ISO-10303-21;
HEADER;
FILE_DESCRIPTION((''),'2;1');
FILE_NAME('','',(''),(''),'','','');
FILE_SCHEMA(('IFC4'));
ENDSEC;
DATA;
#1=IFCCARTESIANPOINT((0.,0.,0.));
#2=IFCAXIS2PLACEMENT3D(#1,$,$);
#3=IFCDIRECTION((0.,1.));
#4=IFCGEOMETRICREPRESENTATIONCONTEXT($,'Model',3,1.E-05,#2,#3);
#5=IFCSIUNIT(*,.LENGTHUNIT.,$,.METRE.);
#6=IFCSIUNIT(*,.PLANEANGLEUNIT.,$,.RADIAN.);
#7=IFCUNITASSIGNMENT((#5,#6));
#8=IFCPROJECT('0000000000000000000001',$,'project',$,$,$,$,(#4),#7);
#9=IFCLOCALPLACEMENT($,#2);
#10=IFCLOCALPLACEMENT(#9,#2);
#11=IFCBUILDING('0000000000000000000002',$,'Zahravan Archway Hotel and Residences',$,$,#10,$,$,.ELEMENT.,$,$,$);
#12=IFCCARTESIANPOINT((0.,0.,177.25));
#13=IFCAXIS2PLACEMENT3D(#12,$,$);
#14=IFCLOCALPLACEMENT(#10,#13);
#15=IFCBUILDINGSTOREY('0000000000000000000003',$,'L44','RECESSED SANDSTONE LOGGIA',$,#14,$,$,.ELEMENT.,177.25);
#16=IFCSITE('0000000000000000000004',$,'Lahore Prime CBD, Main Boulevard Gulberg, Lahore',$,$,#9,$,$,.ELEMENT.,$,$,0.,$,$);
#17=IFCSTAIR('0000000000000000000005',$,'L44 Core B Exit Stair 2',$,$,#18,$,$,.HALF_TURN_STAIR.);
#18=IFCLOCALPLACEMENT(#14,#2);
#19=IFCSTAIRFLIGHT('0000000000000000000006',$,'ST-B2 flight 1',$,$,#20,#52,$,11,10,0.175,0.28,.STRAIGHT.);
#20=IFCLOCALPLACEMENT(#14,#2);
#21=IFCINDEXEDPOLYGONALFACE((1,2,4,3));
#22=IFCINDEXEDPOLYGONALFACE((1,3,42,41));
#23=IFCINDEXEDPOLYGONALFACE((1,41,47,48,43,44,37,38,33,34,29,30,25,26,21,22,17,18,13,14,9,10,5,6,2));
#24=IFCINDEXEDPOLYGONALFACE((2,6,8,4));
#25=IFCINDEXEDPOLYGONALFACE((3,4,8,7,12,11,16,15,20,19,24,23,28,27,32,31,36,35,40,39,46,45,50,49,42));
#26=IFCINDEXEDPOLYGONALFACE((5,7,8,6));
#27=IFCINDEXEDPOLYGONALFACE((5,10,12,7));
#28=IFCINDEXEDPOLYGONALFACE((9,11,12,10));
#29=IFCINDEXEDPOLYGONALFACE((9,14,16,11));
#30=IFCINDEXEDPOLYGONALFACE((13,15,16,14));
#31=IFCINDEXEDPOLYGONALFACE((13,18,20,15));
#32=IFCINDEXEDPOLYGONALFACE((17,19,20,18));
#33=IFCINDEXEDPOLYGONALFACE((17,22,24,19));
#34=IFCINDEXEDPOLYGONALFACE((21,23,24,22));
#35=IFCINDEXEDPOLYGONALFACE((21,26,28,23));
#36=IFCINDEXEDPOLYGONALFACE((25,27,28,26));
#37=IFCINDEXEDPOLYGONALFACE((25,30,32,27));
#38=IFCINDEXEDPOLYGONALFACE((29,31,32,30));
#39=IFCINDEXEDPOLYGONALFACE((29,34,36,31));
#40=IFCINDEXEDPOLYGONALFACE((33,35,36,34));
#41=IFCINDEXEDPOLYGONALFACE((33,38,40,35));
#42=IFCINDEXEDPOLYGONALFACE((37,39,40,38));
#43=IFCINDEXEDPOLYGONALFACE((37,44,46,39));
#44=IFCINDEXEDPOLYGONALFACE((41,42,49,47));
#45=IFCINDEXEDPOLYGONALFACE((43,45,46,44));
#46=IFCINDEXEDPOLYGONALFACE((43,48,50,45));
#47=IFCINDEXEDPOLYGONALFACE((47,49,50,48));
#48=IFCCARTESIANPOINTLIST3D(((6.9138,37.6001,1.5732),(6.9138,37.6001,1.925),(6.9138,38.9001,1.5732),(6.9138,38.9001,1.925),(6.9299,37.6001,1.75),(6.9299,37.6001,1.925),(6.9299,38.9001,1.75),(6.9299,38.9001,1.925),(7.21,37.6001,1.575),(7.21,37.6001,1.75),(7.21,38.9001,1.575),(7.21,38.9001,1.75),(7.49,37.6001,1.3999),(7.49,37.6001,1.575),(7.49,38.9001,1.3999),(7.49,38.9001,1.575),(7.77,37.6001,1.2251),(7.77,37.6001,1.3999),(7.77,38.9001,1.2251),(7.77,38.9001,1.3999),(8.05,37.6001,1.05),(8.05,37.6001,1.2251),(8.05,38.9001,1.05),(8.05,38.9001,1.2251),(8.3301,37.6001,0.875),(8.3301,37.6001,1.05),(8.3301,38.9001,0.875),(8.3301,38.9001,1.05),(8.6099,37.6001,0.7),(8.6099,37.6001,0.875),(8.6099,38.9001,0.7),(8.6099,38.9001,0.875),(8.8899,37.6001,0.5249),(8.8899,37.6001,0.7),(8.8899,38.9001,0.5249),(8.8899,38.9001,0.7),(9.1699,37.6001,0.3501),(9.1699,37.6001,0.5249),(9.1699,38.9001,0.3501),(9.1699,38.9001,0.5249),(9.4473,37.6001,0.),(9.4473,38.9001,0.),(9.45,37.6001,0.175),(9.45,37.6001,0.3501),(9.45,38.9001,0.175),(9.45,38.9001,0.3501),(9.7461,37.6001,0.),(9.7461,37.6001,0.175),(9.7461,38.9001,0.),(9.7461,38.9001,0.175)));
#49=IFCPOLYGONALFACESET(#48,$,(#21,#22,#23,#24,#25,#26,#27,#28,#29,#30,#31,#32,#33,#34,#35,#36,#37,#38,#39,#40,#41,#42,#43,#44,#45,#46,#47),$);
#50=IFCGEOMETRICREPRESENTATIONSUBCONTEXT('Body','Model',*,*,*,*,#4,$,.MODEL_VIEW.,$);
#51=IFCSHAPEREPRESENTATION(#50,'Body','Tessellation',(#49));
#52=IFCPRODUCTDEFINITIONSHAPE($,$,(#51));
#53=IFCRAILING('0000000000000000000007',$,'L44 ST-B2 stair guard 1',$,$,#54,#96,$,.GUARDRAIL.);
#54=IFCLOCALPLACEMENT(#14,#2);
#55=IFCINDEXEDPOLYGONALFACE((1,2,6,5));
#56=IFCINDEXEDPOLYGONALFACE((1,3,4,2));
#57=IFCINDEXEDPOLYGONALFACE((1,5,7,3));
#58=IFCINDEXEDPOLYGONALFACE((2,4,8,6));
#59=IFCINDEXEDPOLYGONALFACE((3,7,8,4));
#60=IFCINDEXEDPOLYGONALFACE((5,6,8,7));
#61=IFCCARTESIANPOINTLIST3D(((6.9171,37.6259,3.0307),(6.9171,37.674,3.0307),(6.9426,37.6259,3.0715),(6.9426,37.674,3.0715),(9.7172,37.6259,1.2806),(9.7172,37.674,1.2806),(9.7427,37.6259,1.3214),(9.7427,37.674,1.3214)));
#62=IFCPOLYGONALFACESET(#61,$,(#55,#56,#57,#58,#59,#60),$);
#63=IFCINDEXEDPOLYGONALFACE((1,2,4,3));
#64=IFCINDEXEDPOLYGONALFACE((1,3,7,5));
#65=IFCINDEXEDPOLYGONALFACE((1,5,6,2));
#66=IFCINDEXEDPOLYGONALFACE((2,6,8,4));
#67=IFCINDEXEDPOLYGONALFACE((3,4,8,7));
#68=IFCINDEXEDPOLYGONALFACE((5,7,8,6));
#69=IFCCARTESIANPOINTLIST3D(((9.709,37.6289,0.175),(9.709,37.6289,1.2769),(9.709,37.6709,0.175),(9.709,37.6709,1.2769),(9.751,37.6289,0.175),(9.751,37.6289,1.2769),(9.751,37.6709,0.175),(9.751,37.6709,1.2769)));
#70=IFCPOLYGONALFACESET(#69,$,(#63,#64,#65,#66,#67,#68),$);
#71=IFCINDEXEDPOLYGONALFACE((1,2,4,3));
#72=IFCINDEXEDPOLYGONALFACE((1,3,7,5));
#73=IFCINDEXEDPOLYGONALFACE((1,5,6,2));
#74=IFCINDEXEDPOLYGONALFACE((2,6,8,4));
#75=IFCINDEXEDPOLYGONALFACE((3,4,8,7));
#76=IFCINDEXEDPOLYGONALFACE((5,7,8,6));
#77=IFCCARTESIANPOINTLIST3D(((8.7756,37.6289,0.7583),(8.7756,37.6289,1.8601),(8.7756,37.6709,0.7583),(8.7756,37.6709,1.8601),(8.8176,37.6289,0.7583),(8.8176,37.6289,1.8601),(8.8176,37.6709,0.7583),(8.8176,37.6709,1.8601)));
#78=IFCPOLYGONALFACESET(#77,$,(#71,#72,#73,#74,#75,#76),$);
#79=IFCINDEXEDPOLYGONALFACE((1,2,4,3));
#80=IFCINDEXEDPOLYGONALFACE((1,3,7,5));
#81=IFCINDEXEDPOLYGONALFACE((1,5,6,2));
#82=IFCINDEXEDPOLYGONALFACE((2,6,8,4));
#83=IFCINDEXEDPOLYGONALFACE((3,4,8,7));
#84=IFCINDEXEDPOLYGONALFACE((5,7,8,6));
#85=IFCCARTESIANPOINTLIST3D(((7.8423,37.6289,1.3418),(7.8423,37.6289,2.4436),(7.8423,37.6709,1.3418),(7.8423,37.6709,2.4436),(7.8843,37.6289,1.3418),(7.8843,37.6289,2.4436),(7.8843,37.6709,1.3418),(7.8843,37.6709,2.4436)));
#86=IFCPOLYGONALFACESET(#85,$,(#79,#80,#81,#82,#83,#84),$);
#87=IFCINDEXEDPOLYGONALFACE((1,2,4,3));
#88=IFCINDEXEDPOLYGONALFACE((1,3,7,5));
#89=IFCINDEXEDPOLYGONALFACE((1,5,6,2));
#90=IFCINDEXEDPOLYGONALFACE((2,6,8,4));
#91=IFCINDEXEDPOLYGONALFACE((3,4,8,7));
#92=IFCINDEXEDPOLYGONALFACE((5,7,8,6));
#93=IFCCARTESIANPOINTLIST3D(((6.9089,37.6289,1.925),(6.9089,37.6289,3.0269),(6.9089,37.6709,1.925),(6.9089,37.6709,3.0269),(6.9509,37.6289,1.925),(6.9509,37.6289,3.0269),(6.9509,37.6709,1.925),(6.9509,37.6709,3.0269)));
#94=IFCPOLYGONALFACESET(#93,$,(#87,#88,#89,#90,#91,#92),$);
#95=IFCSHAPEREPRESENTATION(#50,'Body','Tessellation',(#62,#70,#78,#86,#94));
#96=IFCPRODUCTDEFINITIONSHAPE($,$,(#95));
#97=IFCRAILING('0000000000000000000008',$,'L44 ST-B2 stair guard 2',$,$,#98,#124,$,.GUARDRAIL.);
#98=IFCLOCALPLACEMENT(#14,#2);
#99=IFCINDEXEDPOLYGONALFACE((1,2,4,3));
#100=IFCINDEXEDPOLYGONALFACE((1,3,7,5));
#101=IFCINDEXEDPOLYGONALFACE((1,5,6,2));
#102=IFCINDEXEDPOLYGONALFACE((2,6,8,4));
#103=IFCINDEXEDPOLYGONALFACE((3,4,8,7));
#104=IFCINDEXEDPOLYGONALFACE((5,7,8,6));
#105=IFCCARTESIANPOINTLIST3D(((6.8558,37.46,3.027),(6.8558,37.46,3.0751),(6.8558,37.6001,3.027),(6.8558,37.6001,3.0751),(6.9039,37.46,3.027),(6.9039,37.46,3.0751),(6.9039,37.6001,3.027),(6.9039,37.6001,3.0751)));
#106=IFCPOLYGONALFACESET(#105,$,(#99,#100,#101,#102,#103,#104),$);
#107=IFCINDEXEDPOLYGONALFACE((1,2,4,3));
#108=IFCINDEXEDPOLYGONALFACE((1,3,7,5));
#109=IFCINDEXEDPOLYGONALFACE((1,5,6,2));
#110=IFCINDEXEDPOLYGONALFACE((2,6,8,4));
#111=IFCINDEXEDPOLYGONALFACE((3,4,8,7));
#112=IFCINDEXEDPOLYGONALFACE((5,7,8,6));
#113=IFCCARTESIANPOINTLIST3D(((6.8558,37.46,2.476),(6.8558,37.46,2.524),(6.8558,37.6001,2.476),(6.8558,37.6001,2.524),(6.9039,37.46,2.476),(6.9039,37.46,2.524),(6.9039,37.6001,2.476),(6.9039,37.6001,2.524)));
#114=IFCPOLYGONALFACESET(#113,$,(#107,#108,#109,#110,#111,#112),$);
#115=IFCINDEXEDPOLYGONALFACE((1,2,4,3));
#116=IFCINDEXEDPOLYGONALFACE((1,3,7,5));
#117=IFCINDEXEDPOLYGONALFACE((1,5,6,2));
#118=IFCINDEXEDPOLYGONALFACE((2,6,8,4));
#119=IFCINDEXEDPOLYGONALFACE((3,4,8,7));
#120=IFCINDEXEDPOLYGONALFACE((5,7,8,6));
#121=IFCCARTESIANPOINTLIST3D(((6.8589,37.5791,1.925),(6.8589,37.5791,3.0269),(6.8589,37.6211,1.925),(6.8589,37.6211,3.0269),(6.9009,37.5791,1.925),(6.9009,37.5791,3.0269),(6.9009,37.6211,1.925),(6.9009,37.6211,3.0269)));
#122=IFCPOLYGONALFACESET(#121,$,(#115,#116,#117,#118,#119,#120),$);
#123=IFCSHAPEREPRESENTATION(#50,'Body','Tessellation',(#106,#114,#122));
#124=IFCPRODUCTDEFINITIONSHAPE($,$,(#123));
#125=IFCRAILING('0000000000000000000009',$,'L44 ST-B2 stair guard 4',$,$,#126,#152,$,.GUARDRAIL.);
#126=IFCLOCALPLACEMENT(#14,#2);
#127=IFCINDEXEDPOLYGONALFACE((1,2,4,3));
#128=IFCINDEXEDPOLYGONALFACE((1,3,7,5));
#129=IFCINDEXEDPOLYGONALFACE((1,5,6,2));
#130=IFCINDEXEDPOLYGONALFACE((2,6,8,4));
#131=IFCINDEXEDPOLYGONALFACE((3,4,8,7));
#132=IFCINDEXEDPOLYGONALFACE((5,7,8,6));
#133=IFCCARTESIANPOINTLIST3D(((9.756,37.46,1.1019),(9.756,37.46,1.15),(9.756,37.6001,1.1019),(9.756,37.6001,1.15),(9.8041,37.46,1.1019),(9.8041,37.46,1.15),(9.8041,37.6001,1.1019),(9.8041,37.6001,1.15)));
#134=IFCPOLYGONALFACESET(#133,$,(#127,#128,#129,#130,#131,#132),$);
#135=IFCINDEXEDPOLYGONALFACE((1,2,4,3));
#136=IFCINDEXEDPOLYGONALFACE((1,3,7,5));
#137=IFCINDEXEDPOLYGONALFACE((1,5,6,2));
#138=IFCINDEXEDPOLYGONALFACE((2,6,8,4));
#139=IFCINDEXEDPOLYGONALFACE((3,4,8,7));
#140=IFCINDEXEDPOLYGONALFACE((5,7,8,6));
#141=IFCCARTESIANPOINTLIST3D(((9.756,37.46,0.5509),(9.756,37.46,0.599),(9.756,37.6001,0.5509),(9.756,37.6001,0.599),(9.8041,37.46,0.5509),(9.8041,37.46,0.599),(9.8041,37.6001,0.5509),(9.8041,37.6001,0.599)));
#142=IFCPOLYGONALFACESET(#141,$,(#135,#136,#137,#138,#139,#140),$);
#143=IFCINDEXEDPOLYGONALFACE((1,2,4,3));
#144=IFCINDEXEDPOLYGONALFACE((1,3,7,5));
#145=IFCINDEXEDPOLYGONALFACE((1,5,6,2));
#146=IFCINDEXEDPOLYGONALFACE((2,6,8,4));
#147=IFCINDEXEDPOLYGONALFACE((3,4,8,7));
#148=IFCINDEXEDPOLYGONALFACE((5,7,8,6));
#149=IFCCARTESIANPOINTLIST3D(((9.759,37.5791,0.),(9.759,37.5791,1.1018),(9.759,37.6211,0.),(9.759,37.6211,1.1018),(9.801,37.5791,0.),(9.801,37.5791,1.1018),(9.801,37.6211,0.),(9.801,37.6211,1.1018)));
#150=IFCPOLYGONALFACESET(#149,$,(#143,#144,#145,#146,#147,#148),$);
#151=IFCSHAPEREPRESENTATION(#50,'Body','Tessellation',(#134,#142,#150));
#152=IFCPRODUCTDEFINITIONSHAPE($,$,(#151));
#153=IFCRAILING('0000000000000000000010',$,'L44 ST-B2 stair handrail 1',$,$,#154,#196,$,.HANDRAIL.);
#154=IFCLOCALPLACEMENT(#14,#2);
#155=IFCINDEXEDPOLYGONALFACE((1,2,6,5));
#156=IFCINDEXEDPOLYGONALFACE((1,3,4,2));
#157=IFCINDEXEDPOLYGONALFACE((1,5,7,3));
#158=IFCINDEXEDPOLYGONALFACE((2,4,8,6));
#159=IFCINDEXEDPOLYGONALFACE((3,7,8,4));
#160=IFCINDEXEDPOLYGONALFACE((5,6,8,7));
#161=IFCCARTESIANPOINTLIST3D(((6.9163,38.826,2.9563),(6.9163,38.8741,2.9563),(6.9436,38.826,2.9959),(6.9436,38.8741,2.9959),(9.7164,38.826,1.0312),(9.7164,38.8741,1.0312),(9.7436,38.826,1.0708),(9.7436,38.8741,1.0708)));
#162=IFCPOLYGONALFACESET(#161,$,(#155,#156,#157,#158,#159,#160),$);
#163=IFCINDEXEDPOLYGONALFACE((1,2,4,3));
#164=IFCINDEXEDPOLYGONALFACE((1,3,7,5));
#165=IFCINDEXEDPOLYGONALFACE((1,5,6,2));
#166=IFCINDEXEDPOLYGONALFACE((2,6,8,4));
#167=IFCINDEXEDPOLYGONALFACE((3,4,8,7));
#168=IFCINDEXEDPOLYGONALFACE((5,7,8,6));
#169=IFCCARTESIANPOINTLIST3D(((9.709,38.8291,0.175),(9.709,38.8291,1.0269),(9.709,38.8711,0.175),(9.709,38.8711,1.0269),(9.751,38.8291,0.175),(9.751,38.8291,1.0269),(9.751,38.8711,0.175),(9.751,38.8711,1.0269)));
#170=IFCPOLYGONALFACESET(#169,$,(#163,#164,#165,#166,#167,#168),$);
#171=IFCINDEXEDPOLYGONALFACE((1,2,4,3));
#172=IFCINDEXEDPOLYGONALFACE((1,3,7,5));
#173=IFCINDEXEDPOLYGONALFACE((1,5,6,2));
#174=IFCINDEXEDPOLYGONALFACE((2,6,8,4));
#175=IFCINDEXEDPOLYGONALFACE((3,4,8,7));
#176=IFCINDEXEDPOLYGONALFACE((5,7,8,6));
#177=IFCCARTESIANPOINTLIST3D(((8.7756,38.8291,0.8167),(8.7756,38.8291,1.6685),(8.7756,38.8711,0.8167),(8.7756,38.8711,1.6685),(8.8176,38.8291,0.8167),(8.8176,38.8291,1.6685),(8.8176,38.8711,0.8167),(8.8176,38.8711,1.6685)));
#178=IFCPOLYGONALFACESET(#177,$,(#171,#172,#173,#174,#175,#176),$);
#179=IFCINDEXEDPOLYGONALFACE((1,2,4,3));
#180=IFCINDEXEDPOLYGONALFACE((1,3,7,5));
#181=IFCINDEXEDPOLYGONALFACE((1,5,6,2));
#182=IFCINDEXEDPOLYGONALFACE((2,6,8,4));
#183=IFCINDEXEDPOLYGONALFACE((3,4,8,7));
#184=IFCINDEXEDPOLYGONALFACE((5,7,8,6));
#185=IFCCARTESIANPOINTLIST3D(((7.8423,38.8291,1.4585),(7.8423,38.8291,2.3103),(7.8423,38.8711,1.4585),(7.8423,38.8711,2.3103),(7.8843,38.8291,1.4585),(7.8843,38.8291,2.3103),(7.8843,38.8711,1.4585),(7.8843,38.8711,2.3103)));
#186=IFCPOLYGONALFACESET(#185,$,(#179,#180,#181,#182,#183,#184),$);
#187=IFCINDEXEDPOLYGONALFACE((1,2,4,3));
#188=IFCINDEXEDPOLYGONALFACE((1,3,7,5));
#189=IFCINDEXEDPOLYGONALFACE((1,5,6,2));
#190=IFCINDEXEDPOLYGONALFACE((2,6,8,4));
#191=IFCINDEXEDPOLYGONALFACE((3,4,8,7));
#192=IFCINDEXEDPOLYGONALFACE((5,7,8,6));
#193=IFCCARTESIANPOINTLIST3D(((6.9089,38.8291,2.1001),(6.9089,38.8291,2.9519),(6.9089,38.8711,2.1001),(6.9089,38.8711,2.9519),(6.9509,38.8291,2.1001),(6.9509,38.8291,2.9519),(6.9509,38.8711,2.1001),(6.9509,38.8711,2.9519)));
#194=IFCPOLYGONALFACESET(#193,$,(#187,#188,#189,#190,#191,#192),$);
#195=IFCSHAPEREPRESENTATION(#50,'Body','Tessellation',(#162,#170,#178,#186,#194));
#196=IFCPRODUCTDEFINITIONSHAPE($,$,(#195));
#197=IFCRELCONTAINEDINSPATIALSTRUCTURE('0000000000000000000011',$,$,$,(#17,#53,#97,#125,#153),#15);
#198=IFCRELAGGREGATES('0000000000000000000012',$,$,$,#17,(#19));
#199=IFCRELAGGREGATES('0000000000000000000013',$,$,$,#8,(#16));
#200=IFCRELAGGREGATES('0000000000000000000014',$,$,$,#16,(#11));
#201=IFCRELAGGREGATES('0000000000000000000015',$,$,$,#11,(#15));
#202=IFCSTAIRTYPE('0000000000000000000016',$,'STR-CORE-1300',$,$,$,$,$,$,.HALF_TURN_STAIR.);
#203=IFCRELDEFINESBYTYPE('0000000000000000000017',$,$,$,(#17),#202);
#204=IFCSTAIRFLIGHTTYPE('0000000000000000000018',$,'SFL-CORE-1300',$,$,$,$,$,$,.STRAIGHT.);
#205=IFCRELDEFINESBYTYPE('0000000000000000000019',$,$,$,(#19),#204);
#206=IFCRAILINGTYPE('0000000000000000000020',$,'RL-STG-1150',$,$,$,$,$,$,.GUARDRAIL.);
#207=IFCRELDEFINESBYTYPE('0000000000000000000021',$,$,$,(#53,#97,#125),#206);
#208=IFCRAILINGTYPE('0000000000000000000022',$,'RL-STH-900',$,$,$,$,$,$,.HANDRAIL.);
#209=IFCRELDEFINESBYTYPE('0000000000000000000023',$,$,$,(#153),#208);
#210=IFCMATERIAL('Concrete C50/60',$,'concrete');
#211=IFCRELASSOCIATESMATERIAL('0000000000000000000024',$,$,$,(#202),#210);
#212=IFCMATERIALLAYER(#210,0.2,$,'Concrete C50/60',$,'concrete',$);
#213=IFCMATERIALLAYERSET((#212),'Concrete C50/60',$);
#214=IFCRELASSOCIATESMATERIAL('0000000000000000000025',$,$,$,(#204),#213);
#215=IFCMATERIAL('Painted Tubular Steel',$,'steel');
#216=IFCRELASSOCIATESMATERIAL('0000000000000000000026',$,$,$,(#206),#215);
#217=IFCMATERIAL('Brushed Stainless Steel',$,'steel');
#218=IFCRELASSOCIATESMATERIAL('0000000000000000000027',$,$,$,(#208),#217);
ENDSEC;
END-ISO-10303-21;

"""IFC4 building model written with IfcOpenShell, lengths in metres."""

from ifc_helpers import new_model, si_unit, direction, frame, origin, origin_2d, place, context, subcontext, project, spatial, polyline, rectangle, outline, extrude, source, transform, mapped, material, layer, layer_set, type_object, element, aggregate, save


model = new_model("IFC4")

# Units and contexts
model_context = context("Model", 3, precision=1e-05, world=origin(), true_north=direction((0.0, 1.0)))
body_context = subcontext(model_context, "Body", "Model", "MODEL_VIEW")
ifc_project = project(units=[si_unit("LENGTHUNIT", "METRE"), si_unit("PLANEANGLEUNIT", "RADIAN")], contexts=[model_context])

# Site, building, storey
site_placement = place(None, origin())
site = spatial("IfcSite", under=ifc_project, at=site_placement, Name="Lahore Prime CBD, Main Boulevard Gulberg, Lahore", CompositionType="ELEMENT", RefElevation=0.0)
building_placement = place(site_placement, origin())
building = spatial("IfcBuilding", under=site, at=building_placement, Name="Zahravan Archway Hotel and Residences", CompositionType="ELEMENT")
storey_placement = place(building_placement, frame((0.0, 0.0, 177.25)))
storey = spatial("IfcBuildingStorey", under=building, at=storey_placement, Name="L44", Description="RECESSED SANDSTONE LOGGIA", CompositionType="ELEMENT", Elevation=177.25)

# Shared definitions
ifc_material_1 = material(Name="Concrete C50/60", Category="concrete")

# Stair, stair flight
stair_type = type_object("IfcStairType", Name="STR-CORE-1300", PredefinedType="HALF_TURN_STAIR", material=ifc_material_1)
stair_placement = place(storey_placement, origin())
stair = element("IfcStair", 1, at=stair_placement, inside=storey, type_object=stair_type, Name="L44 Core B Exit Stair 2", PredefinedType="HALF_TURN_STAIR")
ifc_layer_1 = layer(ifc_material_1, 0.2, Name="Concrete C50/60", Category="concrete")
ifc_layer_set_1 = layer_set([ifc_layer_1], Name="Concrete C50/60")
stair_flight_type = type_object("IfcStairFlightType", Name="SFL-CORE-1300", PredefinedType="STRAIGHT", material=ifc_layer_set_1)
shared_shape_1 = source(origin(), body_context, "Body", "SweptSolid", [
    extrude(outline(polyline([(-0.0161, 0.0), (-0.0161, 0.175), (0.28, 0.175), (0.28, 0.3501), (0.5601, 0.3501), (0.5601, 0.5249), (0.8401, 0.5249), (0.8401, 0.7), (1.1201, 0.7), (1.1201, 0.875), (1.3999, 0.875), (1.3999, 1.05), (1.6799, 1.05), (1.6799, 1.2251), (1.96, 1.2251), (1.96, 1.3999), (2.24, 1.3999), (2.24, 1.575), (2.52, 1.575), (2.52, 1.75), (2.8, 1.75), (2.8, 1.925), (2.8162, 1.925), (2.8162, 1.5732), (0.2827, 0.0), (-0.0161, 0.0)])), frame((0.0, 0.6499, 0.0), z_axis=(0.0, -1.0, 0.0), x_axis=(1.0, 0.0, 0.0)), (0.0, 0.0, 1.0), 1.3),
])
stair_flight_placement = place(storey_placement, frame((9.73, 38.25, 0.0), z_axis=(0.0, 0.0, 1.0), x_axis=(-1.0, 0.0, 0.0)))
stair_flight = element("IfcStairFlight", 2, at=stair_flight_placement, type_object=stair_flight_type, Name="ST-B2 flight 1", NumberOfRisers=11, NumberOfTreads=10, PredefinedType="STRAIGHT", RiserHeight=0.175, TreadLength=0.28, context=body_context, shape_type="MappedRepresentation", body=[
    mapped(shared_shape_1, transform((0.0, 0.0, 0.0), scale=1.0)),
])
aggregate(stair, [stair_flight])

# Railings
ifc_material_2 = material(Name="Painted Tubular Steel", Category="steel")
railing_type_1 = type_object("IfcRailingType", Name="RL-STG-1150", PredefinedType="GUARDRAIL", material=ifc_material_2)
railing_1_placement = place(storey_placement, frame((9.73, 37.6499, 0.175)))
element("IfcRailing", 3, at=railing_1_placement, inside=storey, type_object=railing_type_1, Name="L44 ST-B2 stair guard 1", PredefinedType="GUARDRAIL", context=body_context, shape_type="SweptSolid", body=[
    extrude(rectangle(XDim=0.0481, YDim=0.0481, at=origin_2d()), frame((0.0, 0.0, 1.126), z_axis=(-0.848002, 0.0, 0.529992), x_axis=(0.0, -1.0, 0.0)), (0.0, 0.0, 1.0), 3.302),
    extrude(rectangle(XDim=0.042, YDim=0.042, at=origin_2d()), origin(), (0.0, 0.0, 1.0), 1.1018),
    extrude(rectangle(XDim=0.042, YDim=0.042, at=origin_2d()), frame((-0.9333, 0.0, 0.5833)), (0.0, 0.0, 1.0), 1.1018),
    extrude(rectangle(XDim=0.042, YDim=0.042, at=origin_2d()), frame((-1.8667, 0.0, 1.1667)), (0.0, 0.0, 1.0), 1.1018),
    extrude(rectangle(XDim=0.042, YDim=0.042, at=origin_2d()), frame((-2.8, 0.0, 1.75)), (0.0, 0.0, 1.0), 1.1018),
])
for number, where, name in (
    (4, (6.8799, 37.6001, 1.925), "L44 ST-B2 stair guard 2"),
    (5, (9.78, 37.6001, 0.0), "L44 ST-B2 stair guard 4"),
):
    element("IfcRailing", number, at=place(storey_placement, frame(where)), inside=storey, type_object=railing_type_1, Name=name, PredefinedType="GUARDRAIL", context=body_context, shape_type="SweptSolid", body=[
        extrude(rectangle(XDim=0.0481, YDim=0.0481, at=origin_2d()), frame((0.0, 0.0, 1.126), z_axis=(0.0, -1.0, 0.0), x_axis=(1.0, 0.0, 0.0)), (0.0, 0.0, 1.0), 0.1401),
        extrude(rectangle(XDim=0.0481, YDim=0.0481, at=origin_2d()), frame((0.0, 0.0, 0.575), z_axis=(0.0, -1.0, 0.0), x_axis=(1.0, 0.0, 0.0)), (0.0, 0.0, 1.0), 0.1401),
        extrude(rectangle(XDim=0.042, YDim=0.042, at=origin_2d()), origin(), (0.0, 0.0, 1.0), 1.1018),
    ])
ifc_material_3 = material(Name="Brushed Stainless Steel", Category="steel")
railing_type_2 = type_object("IfcRailingType", Name="RL-STH-900", PredefinedType="HANDRAIL", material=ifc_material_3)
railing_2_placement = place(storey_placement, frame((9.73, 38.8501, 0.175)))
element("IfcRailing", 6, at=railing_2_placement, inside=storey, type_object=railing_type_2, Name="L44 ST-B2 stair handrail 1", PredefinedType="HANDRAIL", context=body_context, shape_type="SweptSolid", body=[
    extrude(rectangle(XDim=0.0481, YDim=0.0481, at=origin_2d()), frame((0.0, 0.0, 0.876), z_axis=(-0.82404, 0.0, 0.566532), x_axis=(0.0, -1.0, 0.0)), (0.0, 0.0, 1.0), 3.3979),
    extrude(rectangle(XDim=0.042, YDim=0.042, at=origin_2d()), origin(), (0.0, 0.0, 1.0), 0.8518),
    extrude(rectangle(XDim=0.042, YDim=0.042, at=origin_2d()), frame((-0.9333, 0.0, 0.6416)), (0.0, 0.0, 1.0), 0.8518),
    extrude(rectangle(XDim=0.042, YDim=0.042, at=origin_2d()), frame((-1.8667, 0.0, 1.2834)), (0.0, 0.0, 1.0), 0.8518),
    extrude(rectangle(XDim=0.042, YDim=0.042, at=origin_2d()), frame((-2.8, 0.0, 1.925)), (0.0, 0.0, 1.0), 0.8518),
])

save(model, "model.ifc")
